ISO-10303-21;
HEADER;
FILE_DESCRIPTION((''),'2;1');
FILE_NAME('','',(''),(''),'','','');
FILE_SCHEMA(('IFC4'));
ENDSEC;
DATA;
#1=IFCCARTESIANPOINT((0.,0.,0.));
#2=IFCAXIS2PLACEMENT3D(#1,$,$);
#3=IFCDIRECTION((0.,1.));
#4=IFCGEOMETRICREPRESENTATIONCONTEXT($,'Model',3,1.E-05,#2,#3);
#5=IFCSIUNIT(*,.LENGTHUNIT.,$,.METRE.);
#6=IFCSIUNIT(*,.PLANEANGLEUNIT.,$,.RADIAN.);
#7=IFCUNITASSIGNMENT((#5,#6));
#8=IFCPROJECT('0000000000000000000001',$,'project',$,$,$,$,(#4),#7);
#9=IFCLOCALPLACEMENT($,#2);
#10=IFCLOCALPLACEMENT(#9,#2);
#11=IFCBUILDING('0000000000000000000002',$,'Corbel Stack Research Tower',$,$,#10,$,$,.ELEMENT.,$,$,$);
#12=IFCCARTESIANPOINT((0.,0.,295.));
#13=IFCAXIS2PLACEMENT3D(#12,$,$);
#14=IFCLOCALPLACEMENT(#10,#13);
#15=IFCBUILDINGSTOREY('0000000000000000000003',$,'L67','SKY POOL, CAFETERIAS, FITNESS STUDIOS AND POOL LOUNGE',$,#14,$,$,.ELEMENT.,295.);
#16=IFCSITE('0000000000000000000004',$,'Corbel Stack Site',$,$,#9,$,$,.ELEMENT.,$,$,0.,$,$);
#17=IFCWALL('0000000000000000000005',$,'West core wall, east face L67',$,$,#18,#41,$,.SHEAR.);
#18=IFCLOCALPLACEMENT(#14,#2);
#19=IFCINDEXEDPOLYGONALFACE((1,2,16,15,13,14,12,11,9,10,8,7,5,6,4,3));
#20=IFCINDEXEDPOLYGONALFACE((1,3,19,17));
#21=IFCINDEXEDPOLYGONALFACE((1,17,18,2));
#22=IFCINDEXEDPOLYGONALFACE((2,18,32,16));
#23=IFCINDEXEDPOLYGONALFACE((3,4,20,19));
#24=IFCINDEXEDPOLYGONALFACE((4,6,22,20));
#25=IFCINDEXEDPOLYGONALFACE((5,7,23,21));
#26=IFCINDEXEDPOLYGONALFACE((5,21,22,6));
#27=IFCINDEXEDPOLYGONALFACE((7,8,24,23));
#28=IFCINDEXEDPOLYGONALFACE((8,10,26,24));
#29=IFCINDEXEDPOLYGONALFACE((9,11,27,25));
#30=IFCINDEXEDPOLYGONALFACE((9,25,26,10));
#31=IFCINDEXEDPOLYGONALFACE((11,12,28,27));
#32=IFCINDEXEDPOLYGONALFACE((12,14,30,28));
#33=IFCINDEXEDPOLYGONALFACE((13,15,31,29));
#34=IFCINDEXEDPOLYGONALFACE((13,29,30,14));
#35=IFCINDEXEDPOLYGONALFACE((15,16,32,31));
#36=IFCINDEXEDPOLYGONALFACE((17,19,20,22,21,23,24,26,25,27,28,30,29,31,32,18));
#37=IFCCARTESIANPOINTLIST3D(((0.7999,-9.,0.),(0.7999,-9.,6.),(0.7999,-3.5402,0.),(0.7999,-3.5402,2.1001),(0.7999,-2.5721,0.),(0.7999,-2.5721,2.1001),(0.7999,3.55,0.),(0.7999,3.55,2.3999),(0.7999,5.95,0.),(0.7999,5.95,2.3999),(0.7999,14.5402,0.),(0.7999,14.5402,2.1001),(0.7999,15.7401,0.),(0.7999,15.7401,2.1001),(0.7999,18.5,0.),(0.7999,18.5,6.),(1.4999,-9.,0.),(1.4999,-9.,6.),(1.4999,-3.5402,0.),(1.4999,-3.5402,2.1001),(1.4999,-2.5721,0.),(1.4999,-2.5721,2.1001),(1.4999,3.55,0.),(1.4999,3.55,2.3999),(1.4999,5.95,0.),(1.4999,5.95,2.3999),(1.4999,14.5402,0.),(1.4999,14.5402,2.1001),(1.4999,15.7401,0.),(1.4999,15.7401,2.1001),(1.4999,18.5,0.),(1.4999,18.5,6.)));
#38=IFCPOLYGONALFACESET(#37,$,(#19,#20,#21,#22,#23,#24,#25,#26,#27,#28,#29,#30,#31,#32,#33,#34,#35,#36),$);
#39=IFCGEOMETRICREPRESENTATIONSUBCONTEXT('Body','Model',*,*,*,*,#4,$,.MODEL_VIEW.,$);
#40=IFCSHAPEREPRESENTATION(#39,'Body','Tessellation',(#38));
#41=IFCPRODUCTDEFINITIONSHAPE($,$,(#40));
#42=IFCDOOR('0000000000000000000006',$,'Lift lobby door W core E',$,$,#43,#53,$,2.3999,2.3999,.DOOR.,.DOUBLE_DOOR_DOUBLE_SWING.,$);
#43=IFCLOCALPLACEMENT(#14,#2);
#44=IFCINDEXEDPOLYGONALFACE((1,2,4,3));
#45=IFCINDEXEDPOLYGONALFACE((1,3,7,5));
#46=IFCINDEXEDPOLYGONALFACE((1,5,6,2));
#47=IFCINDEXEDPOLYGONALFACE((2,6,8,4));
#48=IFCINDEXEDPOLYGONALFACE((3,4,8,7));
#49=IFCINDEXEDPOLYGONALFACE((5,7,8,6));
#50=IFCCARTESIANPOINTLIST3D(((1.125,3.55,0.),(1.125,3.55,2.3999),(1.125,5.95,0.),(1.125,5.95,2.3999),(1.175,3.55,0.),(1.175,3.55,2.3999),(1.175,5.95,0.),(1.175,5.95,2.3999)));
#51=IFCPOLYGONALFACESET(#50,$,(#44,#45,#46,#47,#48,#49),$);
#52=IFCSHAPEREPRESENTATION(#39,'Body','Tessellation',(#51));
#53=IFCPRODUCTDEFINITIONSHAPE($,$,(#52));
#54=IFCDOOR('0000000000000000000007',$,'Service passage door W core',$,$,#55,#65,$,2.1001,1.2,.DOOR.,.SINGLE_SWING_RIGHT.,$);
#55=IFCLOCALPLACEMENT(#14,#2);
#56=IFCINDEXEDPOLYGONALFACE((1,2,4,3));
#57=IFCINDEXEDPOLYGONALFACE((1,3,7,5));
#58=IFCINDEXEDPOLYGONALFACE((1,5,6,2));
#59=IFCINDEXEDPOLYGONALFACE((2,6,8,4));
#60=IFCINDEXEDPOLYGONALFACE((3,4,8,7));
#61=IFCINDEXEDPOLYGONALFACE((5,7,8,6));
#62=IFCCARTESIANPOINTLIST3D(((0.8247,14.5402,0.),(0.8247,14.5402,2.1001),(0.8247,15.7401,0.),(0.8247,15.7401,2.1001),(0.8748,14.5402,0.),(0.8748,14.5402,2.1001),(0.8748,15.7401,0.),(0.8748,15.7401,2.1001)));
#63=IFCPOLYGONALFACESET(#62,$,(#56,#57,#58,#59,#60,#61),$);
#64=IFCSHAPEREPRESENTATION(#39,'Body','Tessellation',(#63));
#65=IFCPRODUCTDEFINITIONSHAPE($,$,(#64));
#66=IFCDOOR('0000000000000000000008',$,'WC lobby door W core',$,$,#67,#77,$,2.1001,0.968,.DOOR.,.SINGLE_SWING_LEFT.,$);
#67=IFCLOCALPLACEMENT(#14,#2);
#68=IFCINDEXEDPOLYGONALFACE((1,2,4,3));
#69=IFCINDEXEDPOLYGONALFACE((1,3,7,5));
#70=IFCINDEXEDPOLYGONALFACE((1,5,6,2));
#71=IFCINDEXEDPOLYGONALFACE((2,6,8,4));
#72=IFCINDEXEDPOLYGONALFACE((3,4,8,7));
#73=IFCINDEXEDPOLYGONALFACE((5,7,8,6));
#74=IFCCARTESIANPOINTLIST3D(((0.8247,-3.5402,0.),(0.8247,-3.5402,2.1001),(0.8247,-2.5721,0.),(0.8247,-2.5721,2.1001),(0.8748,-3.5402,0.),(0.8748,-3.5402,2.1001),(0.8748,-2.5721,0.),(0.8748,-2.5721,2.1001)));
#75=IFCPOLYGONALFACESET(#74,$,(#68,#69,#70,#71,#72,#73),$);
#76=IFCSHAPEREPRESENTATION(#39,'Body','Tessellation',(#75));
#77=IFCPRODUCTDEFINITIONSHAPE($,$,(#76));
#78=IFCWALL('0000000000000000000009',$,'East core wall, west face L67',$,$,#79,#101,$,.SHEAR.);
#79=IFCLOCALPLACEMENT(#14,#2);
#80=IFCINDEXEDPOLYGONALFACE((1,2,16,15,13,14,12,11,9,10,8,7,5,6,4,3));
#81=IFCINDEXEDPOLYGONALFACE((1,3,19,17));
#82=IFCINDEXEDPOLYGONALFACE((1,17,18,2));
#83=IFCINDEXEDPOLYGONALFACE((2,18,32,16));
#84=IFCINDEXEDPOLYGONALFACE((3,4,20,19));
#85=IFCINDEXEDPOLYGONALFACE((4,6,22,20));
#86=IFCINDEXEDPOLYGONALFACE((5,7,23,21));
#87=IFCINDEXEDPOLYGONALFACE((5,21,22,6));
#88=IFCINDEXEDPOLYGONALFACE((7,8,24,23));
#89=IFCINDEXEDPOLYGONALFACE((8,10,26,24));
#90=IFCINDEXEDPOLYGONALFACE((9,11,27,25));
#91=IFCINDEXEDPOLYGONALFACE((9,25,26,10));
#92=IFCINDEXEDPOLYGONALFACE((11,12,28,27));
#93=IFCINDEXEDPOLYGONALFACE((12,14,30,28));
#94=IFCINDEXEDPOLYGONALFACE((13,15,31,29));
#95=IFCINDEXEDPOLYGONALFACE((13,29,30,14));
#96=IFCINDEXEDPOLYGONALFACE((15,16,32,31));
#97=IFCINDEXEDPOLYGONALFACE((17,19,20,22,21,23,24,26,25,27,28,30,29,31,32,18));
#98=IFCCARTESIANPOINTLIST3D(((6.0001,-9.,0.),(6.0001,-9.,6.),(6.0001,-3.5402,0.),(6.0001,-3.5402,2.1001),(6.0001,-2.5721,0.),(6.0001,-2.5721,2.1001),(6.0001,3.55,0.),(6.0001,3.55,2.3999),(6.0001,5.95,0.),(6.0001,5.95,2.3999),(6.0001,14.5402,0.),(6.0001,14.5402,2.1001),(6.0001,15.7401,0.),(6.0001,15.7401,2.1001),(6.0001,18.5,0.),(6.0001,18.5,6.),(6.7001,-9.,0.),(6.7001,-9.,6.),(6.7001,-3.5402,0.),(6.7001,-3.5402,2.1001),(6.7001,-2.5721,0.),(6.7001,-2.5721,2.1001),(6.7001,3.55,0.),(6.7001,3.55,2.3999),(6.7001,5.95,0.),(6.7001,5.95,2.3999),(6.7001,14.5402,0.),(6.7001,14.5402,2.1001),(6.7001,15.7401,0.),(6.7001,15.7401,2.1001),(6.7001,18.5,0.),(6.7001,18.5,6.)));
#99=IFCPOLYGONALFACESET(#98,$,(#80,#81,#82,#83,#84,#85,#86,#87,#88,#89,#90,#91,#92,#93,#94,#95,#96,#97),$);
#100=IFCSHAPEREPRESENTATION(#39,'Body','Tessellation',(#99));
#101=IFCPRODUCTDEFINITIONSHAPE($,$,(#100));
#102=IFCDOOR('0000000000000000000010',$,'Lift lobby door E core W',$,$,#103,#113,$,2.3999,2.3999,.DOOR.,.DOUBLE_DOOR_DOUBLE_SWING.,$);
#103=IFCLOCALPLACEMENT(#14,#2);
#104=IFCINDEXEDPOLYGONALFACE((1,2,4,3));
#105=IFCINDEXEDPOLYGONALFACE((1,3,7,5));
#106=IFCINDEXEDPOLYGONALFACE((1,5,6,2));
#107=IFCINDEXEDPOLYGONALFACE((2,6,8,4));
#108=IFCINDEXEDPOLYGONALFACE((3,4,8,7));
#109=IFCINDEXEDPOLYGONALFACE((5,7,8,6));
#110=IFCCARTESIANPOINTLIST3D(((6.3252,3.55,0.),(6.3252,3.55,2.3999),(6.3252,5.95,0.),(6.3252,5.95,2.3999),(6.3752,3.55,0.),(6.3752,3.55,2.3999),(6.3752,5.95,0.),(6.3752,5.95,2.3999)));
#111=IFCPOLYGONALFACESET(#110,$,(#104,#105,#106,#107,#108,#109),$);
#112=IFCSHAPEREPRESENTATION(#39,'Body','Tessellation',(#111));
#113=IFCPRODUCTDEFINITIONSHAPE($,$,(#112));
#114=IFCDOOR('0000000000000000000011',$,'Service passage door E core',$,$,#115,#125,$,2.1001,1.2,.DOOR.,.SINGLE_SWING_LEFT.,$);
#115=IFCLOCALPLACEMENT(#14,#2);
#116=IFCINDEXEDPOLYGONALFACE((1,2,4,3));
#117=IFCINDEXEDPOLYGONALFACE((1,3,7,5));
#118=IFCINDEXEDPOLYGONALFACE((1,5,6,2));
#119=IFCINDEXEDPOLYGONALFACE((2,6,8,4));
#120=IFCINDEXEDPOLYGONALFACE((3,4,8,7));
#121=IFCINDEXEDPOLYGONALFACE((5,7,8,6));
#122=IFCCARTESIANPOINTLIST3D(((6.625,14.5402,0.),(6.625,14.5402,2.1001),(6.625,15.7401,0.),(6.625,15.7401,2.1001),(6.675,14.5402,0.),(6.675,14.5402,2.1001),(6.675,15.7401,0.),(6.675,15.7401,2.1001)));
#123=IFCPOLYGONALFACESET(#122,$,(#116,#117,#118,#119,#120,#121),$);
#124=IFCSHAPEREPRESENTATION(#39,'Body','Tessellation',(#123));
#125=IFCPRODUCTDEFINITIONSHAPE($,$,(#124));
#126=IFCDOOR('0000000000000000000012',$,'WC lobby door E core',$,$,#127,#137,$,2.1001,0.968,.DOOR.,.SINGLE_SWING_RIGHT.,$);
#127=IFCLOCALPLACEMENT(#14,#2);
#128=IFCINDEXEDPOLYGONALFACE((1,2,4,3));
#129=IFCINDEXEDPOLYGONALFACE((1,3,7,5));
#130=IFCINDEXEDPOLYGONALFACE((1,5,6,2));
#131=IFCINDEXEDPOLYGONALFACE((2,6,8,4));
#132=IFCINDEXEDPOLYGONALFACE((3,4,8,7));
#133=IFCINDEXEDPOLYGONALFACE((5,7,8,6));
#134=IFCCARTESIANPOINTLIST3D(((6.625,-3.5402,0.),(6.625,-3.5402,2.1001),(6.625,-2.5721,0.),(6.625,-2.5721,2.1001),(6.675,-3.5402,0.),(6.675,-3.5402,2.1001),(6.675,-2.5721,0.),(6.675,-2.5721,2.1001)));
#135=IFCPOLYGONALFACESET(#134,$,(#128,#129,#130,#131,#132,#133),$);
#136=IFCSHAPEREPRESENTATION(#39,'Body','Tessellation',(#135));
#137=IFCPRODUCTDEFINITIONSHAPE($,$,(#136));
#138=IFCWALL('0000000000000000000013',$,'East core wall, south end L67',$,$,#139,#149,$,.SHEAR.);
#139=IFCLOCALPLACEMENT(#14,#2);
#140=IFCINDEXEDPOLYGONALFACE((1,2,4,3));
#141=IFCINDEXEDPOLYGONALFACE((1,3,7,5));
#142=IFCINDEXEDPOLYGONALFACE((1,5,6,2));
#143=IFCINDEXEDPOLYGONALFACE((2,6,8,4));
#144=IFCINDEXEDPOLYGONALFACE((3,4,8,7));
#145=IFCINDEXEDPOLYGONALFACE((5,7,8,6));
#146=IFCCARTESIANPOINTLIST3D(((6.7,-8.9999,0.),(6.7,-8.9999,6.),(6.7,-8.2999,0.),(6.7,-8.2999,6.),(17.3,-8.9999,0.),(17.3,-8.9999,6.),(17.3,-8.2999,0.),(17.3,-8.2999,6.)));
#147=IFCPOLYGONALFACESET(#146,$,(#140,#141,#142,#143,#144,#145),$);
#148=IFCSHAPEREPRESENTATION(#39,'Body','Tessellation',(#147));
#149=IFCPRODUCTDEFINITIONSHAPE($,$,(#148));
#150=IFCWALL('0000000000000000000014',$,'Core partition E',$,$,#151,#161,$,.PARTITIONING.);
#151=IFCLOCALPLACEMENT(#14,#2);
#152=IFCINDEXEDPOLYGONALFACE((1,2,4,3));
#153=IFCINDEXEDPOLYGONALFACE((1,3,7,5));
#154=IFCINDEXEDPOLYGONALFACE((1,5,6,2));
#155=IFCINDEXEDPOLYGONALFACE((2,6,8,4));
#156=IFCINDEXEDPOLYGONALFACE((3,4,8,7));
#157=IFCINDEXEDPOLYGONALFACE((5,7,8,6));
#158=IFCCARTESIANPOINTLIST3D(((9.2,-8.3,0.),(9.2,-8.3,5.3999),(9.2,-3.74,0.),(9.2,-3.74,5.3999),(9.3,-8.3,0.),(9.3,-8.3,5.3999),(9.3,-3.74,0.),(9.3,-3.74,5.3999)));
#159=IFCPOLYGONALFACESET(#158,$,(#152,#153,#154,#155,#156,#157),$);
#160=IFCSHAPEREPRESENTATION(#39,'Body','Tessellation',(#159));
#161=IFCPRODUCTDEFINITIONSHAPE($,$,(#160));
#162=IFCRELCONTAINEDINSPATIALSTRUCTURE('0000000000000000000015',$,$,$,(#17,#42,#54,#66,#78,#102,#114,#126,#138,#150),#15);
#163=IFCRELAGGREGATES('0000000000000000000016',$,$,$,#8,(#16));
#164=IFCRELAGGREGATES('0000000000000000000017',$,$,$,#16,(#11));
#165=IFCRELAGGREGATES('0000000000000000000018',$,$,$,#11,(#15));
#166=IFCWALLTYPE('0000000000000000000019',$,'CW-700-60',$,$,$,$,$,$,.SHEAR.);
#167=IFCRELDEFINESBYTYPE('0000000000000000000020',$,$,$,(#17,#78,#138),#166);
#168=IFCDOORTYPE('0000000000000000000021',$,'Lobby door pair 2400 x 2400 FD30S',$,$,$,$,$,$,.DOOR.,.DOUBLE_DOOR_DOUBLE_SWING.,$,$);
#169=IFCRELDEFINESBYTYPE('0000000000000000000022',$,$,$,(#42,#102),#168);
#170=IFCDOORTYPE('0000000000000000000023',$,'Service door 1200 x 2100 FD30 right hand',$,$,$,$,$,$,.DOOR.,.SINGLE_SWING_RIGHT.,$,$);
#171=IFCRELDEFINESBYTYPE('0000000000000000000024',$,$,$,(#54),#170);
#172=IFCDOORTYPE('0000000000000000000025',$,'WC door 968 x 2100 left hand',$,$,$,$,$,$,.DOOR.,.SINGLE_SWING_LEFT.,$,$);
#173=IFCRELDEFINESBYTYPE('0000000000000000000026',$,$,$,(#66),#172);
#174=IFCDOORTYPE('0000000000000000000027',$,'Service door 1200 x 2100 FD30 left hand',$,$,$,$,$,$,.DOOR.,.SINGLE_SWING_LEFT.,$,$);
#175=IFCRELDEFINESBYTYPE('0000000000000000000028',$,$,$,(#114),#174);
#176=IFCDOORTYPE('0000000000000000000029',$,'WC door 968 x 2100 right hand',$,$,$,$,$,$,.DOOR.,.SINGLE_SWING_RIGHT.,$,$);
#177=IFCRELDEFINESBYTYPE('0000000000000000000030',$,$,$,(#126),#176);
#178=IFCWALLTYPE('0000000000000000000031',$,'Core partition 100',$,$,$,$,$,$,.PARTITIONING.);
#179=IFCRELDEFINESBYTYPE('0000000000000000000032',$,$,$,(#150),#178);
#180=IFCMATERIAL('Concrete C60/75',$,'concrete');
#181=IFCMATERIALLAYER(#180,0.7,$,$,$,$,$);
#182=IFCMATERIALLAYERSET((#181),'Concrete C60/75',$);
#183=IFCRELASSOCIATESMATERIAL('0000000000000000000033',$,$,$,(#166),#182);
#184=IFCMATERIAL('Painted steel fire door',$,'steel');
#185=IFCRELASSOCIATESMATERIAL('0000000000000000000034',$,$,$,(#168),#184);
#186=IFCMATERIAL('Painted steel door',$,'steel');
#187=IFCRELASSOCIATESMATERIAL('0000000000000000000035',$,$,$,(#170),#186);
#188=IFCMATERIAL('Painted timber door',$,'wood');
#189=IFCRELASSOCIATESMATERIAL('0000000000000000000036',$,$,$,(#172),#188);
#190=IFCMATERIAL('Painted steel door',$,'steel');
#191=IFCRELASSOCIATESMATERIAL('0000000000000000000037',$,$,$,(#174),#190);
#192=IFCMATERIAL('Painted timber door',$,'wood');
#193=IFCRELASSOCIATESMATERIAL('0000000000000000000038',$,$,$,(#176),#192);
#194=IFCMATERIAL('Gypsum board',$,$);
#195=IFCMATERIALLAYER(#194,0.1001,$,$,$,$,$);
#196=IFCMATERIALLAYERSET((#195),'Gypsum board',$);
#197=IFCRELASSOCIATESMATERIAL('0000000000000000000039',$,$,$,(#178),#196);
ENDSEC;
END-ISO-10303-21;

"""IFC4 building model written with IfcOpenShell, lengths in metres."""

from ifc_helpers import new_model, si_unit, direction, frame, frame_2d, origin, place, context, subcontext, project, spatial, rectangle, extrude, material, layer, layer_set, type_object, element, fill, save


model = new_model("IFC4")

# Units and contexts
model_context = context("Model", 3, precision=1e-05, world=origin(), true_north=direction((0.0, 1.0)))
body_context = subcontext(model_context, "Body", "Model", "MODEL_VIEW")
ifc_project = project(units=[si_unit("LENGTHUNIT", "METRE"), si_unit("PLANEANGLEUNIT", "RADIAN")], contexts=[model_context])

# Site, building, storey
site_placement = place(None, origin())
site = spatial("IfcSite", under=ifc_project, at=site_placement, Name="Corbel Stack Site", CompositionType="ELEMENT", RefElevation=0.0)
building_placement = place(site_placement, origin())
building = spatial("IfcBuilding", under=site, at=building_placement, Name="Corbel Stack Research Tower", CompositionType="ELEMENT")
storey_placement = place(building_placement, frame((0.0, 0.0, 295.0)))
storey = spatial("IfcBuildingStorey", under=building, at=storey_placement, Name="L67", Description="SKY POOL, CAFETERIAS, FITNESS STUDIOS AND POOL LOUNGE", CompositionType="ELEMENT", Elevation=295.0)

# Walls, openings, doors
ifc_material_1 = material(Name="Concrete C60/75", Category="concrete")
ifc_layer_1 = layer(ifc_material_1, 0.7)
ifc_layer_set_1 = layer_set([ifc_layer_1], Name="Concrete C60/75")
wall_type_1 = type_object("IfcWallType", Name="CW-700-60", PredefinedType="SHEAR", material=ifc_layer_set_1)
wall_1_placement = place(storey_placement, frame((1.1499, -9.0, 0.0), z_axis=(0.0, 0.0, 1.0), x_axis=(0.0, 1.0, 0.0)))
wall_1 = element("IfcWall", 1, at=wall_1_placement, inside=storey, type_object=wall_type_1, Name="West core wall, east face L67", PredefinedType="SHEAR", context=body_context, shape_type="SweptSolid", body=[
    extrude(rectangle(XDim=27.5, YDim=0.7, at=frame_2d((13.75, 0.0))), origin(), (0.0, 0.0, 1.0), 6.0),
])
opening_1_placement = place(wall_1_placement, frame((12.55, 0.0, 0.0)))
opening_1 = element("IfcOpeningElement", 2, at=opening_1_placement, cuts=wall_1, PredefinedType="OPENING", context=body_context, shape_type="SweptSolid", body=[
    extrude(rectangle(XDim=2.3999, YDim=2.3999, at=frame_2d((1.2, 1.2))), frame((0.0, 0.3599, 0.0), z_axis=(0.0, -1.0, 0.0), x_axis=(1.0, 0.0, 0.0)), (0.0, 0.0, 1.0), 0.72),
])
opening_2_placement = place(wall_1_placement, frame((5.46, 0.0, 0.0)))
opening_2 = element("IfcOpeningElement", 3, at=opening_2_placement, cuts=wall_1, PredefinedType="OPENING", context=body_context, shape_type="SweptSolid", body=[
    extrude(rectangle(XDim=0.968, YDim=2.1001, at=frame_2d((0.4839, 1.05))), frame((0.0, 0.3599, 0.0), z_axis=(0.0, -1.0, 0.0), x_axis=(1.0, 0.0, 0.0)), (0.0, 0.0, 1.0), 0.72),
])
opening_3_placement = place(wall_1_placement, frame((23.54, 0.0, 0.0)))
opening_3 = element("IfcOpeningElement", 4, at=opening_3_placement, cuts=wall_1, PredefinedType="OPENING", context=body_context, shape_type="SweptSolid", body=[
    extrude(rectangle(XDim=1.2, YDim=2.1001, at=frame_2d((0.6001, 1.05))), frame((0.0, 0.3599, 0.0), z_axis=(0.0, -1.0, 0.0), x_axis=(1.0, 0.0, 0.0)), (0.0, 0.0, 1.0), 0.72),
])
ifc_material_2 = material(Name="Painted steel fire door", Category="steel")
door_type_1 = type_object("IfcDoorType", Name="Lobby door pair 2400 x 2400 FD30S", OperationType="DOUBLE_DOOR_DOUBLE_SWING", PredefinedType="DOOR", material=ifc_material_2)
door_1_placement = place(opening_1_placement, origin())
door_1 = element("IfcDoor", 5, at=door_1_placement, inside=storey, type_object=door_type_1, Name="Lift lobby door W core E", OperationType="DOUBLE_DOOR_DOUBLE_SWING", OverallHeight=2.3999, OverallWidth=2.3999, PredefinedType="DOOR", context=body_context, shape_type="SweptSolid", body=[
    extrude(rectangle(XDim=2.3999, YDim=2.3999, at=frame_2d((1.2, 1.2))), frame((0.0, 0.0249, 0.0), z_axis=(0.0, -1.0, 0.0), x_axis=(1.0, 0.0, 0.0)), (0.0, 0.0, 1.0), 0.05),
])
fill(opening_1, door_1)
ifc_material_3 = material(Name="Painted steel door", Category="steel")
door_type_2 = type_object("IfcDoorType", Name="Service door 1200 x 2100 FD30 right hand", OperationType="SINGLE_SWING_RIGHT", PredefinedType="DOOR", material=ifc_material_3)
door_2_placement = place(opening_3_placement, origin())
door_2 = element("IfcDoor", 6, at=door_2_placement, inside=storey, type_object=door_type_2, Name="Service passage door W core", OperationType="SINGLE_SWING_RIGHT", OverallHeight=2.1001, OverallWidth=1.2, PredefinedType="DOOR", context=body_context, shape_type="SweptSolid", body=[
    extrude(rectangle(XDim=1.2, YDim=2.1001, at=frame_2d((0.6001, 1.05))), frame((0.0, 0.3252, 0.0), z_axis=(0.0, -1.0, 0.0), x_axis=(1.0, 0.0, 0.0)), (0.0, 0.0, 1.0), 0.05),
])
fill(opening_3, door_2)
ifc_material_4 = material(Name="Painted timber door", Category="wood")
door_type_3 = type_object("IfcDoorType", Name="WC door 968 x 2100 left hand", OperationType="SINGLE_SWING_LEFT", PredefinedType="DOOR", material=ifc_material_4)
door_3_placement = place(opening_2_placement, origin())
door_3 = element("IfcDoor", 7, at=door_3_placement, inside=storey, type_object=door_type_3, Name="WC lobby door W core", OperationType="SINGLE_SWING_LEFT", OverallHeight=2.1001, OverallWidth=0.968, PredefinedType="DOOR", context=body_context, shape_type="SweptSolid", body=[
    extrude(rectangle(XDim=0.968, YDim=2.1001, at=frame_2d((0.4839, 1.05))), frame((0.0, 0.3252, 0.0), z_axis=(0.0, -1.0, 0.0), x_axis=(1.0, 0.0, 0.0)), (0.0, 0.0, 1.0), 0.05),
])
fill(opening_2, door_3)
wall_2_placement = place(storey_placement, frame((6.3501, -9.0, 0.0), z_axis=(0.0, 0.0, 1.0), x_axis=(0.0, 1.0, 0.0)))
wall_2 = element("IfcWall", 8, at=wall_2_placement, inside=storey, type_object=wall_type_1, Name="East core wall, west face L67", PredefinedType="SHEAR", context=body_context, shape_type="SweptSolid", body=[
    extrude(rectangle(XDim=27.5, YDim=0.7, at=frame_2d((13.75, 0.0))), origin(), (0.0, 0.0, 1.0), 6.0),
])
opening_4_placement = place(wall_2_placement, frame((12.55, 0.0, 0.0)))
opening_4 = element("IfcOpeningElement", 9, at=opening_4_placement, cuts=wall_2, PredefinedType="OPENING", context=body_context, shape_type="SweptSolid", body=[
    extrude(rectangle(XDim=2.3999, YDim=2.3999, at=frame_2d((1.2, 1.2))), frame((0.0, 0.3599, 0.0), z_axis=(0.0, -1.0, 0.0), x_axis=(1.0, 0.0, 0.0)), (0.0, 0.0, 1.0), 0.72),
])
opening_5_placement = place(wall_2_placement, frame((5.46, 0.0, 0.0)))
opening_5 = element("IfcOpeningElement", 10, at=opening_5_placement, cuts=wall_2, PredefinedType="OPENING", context=body_context, shape_type="SweptSolid", body=[
    extrude(rectangle(XDim=0.968, YDim=2.1001, at=frame_2d((0.4839, 1.05))), frame((0.0, 0.3599, 0.0), z_axis=(0.0, -1.0, 0.0), x_axis=(1.0, 0.0, 0.0)), (0.0, 0.0, 1.0), 0.72),
])
opening_6_placement = place(wall_2_placement, frame((23.54, 0.0, 0.0)))
opening_6 = element("IfcOpeningElement", 11, at=opening_6_placement, cuts=wall_2, PredefinedType="OPENING", context=body_context, shape_type="SweptSolid", body=[
    extrude(rectangle(XDim=1.2, YDim=2.1001, at=frame_2d((0.6001, 1.05))), frame((0.0, 0.3599, 0.0), z_axis=(0.0, -1.0, 0.0), x_axis=(1.0, 0.0, 0.0)), (0.0, 0.0, 1.0), 0.72),
])
door_4_placement = place(opening_4_placement, origin())
door_4 = element("IfcDoor", 12, at=door_4_placement, inside=storey, type_object=door_type_1, Name="Lift lobby door E core W", OperationType="DOUBLE_DOOR_DOUBLE_SWING", OverallHeight=2.3999, OverallWidth=2.3999, PredefinedType="DOOR", context=body_context, shape_type="SweptSolid", body=[
    extrude(rectangle(XDim=2.3999, YDim=2.3999, at=frame_2d((1.2, 1.2))), frame((0.0, 0.0249, 0.0), z_axis=(0.0, -1.0, 0.0), x_axis=(1.0, 0.0, 0.0)), (0.0, 0.0, 1.0), 0.05),
])
fill(opening_4, door_4)
ifc_material_5 = material(Name="Painted steel door", Category="steel")
door_type_4 = type_object("IfcDoorType", Name="Service door 1200 x 2100 FD30 left hand", OperationType="SINGLE_SWING_LEFT", PredefinedType="DOOR", material=ifc_material_5)
door_5_placement = place(opening_6_placement, origin())
door_5 = element("IfcDoor", 13, at=door_5_placement, inside=storey, type_object=door_type_4, Name="Service passage door E core", OperationType="SINGLE_SWING_LEFT", OverallHeight=2.1001, OverallWidth=1.2, PredefinedType="DOOR", context=body_context, shape_type="SweptSolid", body=[
    extrude(rectangle(XDim=1.2, YDim=2.1001, at=frame_2d((0.6001, 1.05))), frame((0.0, -0.2749, 0.0), z_axis=(0.0, -1.0, 0.0), x_axis=(1.0, 0.0, 0.0)), (0.0, 0.0, 1.0), 0.05),
])
fill(opening_6, door_5)
ifc_material_6 = material(Name="Painted timber door", Category="wood")
door_type_5 = type_object("IfcDoorType", Name="WC door 968 x 2100 right hand", OperationType="SINGLE_SWING_RIGHT", PredefinedType="DOOR", material=ifc_material_6)
door_6_placement = place(opening_5_placement, origin())
door_6 = element("IfcDoor", 14, at=door_6_placement, inside=storey, type_object=door_type_5, Name="WC lobby door E core", OperationType="SINGLE_SWING_RIGHT", OverallHeight=2.1001, OverallWidth=0.968, PredefinedType="DOOR", context=body_context, shape_type="SweptSolid", body=[
    extrude(rectangle(XDim=0.968, YDim=2.1001, at=frame_2d((0.4839, 1.05))), frame((0.0, -0.2749, 0.0), z_axis=(0.0, -1.0, 0.0), x_axis=(1.0, 0.0, 0.0)), (0.0, 0.0, 1.0), 0.05),
])
fill(opening_5, door_6)

# Walls
wall_3_placement = place(storey_placement, frame((6.7, -8.6499, 0.0), z_axis=(0.0, 0.0, 1.0), x_axis=(1.0, 0.0, 0.0)))
element("IfcWall", 15, at=wall_3_placement, inside=storey, type_object=wall_type_1, Name="East core wall, south end L67", PredefinedType="SHEAR", context=body_context, shape_type="SweptSolid", body=[
    extrude(rectangle(XDim=10.6001, YDim=0.7, at=frame_2d((5.3, 0.0))), origin(), (0.0, 0.0, 1.0), 6.0),
])
ifc_material_7 = material(Name="Gypsum board")
ifc_layer_2 = layer(ifc_material_7, 0.1001)
ifc_layer_set_2 = layer_set([ifc_layer_2], Name="Gypsum board")
wall_type_2 = type_object("IfcWallType", Name="Core partition 100", PredefinedType="PARTITIONING", material=ifc_layer_set_2)
wall_4_placement = place(storey_placement, frame((9.25, -8.3, 0.0), z_axis=(0.0, 0.0, 1.0), x_axis=(0.0, 1.0, 0.0)))
element("IfcWall", 16, at=wall_4_placement, inside=storey, type_object=wall_type_2, Name="Core partition E", PredefinedType="PARTITIONING", context=body_context, shape_type="SweptSolid", body=[
    extrude(rectangle(XDim=4.5601, YDim=0.1001, at=frame_2d((2.28, 0.0))), origin(), (0.0, 0.0, 1.0), 5.3999),
])

save(model, "model.ifc")
